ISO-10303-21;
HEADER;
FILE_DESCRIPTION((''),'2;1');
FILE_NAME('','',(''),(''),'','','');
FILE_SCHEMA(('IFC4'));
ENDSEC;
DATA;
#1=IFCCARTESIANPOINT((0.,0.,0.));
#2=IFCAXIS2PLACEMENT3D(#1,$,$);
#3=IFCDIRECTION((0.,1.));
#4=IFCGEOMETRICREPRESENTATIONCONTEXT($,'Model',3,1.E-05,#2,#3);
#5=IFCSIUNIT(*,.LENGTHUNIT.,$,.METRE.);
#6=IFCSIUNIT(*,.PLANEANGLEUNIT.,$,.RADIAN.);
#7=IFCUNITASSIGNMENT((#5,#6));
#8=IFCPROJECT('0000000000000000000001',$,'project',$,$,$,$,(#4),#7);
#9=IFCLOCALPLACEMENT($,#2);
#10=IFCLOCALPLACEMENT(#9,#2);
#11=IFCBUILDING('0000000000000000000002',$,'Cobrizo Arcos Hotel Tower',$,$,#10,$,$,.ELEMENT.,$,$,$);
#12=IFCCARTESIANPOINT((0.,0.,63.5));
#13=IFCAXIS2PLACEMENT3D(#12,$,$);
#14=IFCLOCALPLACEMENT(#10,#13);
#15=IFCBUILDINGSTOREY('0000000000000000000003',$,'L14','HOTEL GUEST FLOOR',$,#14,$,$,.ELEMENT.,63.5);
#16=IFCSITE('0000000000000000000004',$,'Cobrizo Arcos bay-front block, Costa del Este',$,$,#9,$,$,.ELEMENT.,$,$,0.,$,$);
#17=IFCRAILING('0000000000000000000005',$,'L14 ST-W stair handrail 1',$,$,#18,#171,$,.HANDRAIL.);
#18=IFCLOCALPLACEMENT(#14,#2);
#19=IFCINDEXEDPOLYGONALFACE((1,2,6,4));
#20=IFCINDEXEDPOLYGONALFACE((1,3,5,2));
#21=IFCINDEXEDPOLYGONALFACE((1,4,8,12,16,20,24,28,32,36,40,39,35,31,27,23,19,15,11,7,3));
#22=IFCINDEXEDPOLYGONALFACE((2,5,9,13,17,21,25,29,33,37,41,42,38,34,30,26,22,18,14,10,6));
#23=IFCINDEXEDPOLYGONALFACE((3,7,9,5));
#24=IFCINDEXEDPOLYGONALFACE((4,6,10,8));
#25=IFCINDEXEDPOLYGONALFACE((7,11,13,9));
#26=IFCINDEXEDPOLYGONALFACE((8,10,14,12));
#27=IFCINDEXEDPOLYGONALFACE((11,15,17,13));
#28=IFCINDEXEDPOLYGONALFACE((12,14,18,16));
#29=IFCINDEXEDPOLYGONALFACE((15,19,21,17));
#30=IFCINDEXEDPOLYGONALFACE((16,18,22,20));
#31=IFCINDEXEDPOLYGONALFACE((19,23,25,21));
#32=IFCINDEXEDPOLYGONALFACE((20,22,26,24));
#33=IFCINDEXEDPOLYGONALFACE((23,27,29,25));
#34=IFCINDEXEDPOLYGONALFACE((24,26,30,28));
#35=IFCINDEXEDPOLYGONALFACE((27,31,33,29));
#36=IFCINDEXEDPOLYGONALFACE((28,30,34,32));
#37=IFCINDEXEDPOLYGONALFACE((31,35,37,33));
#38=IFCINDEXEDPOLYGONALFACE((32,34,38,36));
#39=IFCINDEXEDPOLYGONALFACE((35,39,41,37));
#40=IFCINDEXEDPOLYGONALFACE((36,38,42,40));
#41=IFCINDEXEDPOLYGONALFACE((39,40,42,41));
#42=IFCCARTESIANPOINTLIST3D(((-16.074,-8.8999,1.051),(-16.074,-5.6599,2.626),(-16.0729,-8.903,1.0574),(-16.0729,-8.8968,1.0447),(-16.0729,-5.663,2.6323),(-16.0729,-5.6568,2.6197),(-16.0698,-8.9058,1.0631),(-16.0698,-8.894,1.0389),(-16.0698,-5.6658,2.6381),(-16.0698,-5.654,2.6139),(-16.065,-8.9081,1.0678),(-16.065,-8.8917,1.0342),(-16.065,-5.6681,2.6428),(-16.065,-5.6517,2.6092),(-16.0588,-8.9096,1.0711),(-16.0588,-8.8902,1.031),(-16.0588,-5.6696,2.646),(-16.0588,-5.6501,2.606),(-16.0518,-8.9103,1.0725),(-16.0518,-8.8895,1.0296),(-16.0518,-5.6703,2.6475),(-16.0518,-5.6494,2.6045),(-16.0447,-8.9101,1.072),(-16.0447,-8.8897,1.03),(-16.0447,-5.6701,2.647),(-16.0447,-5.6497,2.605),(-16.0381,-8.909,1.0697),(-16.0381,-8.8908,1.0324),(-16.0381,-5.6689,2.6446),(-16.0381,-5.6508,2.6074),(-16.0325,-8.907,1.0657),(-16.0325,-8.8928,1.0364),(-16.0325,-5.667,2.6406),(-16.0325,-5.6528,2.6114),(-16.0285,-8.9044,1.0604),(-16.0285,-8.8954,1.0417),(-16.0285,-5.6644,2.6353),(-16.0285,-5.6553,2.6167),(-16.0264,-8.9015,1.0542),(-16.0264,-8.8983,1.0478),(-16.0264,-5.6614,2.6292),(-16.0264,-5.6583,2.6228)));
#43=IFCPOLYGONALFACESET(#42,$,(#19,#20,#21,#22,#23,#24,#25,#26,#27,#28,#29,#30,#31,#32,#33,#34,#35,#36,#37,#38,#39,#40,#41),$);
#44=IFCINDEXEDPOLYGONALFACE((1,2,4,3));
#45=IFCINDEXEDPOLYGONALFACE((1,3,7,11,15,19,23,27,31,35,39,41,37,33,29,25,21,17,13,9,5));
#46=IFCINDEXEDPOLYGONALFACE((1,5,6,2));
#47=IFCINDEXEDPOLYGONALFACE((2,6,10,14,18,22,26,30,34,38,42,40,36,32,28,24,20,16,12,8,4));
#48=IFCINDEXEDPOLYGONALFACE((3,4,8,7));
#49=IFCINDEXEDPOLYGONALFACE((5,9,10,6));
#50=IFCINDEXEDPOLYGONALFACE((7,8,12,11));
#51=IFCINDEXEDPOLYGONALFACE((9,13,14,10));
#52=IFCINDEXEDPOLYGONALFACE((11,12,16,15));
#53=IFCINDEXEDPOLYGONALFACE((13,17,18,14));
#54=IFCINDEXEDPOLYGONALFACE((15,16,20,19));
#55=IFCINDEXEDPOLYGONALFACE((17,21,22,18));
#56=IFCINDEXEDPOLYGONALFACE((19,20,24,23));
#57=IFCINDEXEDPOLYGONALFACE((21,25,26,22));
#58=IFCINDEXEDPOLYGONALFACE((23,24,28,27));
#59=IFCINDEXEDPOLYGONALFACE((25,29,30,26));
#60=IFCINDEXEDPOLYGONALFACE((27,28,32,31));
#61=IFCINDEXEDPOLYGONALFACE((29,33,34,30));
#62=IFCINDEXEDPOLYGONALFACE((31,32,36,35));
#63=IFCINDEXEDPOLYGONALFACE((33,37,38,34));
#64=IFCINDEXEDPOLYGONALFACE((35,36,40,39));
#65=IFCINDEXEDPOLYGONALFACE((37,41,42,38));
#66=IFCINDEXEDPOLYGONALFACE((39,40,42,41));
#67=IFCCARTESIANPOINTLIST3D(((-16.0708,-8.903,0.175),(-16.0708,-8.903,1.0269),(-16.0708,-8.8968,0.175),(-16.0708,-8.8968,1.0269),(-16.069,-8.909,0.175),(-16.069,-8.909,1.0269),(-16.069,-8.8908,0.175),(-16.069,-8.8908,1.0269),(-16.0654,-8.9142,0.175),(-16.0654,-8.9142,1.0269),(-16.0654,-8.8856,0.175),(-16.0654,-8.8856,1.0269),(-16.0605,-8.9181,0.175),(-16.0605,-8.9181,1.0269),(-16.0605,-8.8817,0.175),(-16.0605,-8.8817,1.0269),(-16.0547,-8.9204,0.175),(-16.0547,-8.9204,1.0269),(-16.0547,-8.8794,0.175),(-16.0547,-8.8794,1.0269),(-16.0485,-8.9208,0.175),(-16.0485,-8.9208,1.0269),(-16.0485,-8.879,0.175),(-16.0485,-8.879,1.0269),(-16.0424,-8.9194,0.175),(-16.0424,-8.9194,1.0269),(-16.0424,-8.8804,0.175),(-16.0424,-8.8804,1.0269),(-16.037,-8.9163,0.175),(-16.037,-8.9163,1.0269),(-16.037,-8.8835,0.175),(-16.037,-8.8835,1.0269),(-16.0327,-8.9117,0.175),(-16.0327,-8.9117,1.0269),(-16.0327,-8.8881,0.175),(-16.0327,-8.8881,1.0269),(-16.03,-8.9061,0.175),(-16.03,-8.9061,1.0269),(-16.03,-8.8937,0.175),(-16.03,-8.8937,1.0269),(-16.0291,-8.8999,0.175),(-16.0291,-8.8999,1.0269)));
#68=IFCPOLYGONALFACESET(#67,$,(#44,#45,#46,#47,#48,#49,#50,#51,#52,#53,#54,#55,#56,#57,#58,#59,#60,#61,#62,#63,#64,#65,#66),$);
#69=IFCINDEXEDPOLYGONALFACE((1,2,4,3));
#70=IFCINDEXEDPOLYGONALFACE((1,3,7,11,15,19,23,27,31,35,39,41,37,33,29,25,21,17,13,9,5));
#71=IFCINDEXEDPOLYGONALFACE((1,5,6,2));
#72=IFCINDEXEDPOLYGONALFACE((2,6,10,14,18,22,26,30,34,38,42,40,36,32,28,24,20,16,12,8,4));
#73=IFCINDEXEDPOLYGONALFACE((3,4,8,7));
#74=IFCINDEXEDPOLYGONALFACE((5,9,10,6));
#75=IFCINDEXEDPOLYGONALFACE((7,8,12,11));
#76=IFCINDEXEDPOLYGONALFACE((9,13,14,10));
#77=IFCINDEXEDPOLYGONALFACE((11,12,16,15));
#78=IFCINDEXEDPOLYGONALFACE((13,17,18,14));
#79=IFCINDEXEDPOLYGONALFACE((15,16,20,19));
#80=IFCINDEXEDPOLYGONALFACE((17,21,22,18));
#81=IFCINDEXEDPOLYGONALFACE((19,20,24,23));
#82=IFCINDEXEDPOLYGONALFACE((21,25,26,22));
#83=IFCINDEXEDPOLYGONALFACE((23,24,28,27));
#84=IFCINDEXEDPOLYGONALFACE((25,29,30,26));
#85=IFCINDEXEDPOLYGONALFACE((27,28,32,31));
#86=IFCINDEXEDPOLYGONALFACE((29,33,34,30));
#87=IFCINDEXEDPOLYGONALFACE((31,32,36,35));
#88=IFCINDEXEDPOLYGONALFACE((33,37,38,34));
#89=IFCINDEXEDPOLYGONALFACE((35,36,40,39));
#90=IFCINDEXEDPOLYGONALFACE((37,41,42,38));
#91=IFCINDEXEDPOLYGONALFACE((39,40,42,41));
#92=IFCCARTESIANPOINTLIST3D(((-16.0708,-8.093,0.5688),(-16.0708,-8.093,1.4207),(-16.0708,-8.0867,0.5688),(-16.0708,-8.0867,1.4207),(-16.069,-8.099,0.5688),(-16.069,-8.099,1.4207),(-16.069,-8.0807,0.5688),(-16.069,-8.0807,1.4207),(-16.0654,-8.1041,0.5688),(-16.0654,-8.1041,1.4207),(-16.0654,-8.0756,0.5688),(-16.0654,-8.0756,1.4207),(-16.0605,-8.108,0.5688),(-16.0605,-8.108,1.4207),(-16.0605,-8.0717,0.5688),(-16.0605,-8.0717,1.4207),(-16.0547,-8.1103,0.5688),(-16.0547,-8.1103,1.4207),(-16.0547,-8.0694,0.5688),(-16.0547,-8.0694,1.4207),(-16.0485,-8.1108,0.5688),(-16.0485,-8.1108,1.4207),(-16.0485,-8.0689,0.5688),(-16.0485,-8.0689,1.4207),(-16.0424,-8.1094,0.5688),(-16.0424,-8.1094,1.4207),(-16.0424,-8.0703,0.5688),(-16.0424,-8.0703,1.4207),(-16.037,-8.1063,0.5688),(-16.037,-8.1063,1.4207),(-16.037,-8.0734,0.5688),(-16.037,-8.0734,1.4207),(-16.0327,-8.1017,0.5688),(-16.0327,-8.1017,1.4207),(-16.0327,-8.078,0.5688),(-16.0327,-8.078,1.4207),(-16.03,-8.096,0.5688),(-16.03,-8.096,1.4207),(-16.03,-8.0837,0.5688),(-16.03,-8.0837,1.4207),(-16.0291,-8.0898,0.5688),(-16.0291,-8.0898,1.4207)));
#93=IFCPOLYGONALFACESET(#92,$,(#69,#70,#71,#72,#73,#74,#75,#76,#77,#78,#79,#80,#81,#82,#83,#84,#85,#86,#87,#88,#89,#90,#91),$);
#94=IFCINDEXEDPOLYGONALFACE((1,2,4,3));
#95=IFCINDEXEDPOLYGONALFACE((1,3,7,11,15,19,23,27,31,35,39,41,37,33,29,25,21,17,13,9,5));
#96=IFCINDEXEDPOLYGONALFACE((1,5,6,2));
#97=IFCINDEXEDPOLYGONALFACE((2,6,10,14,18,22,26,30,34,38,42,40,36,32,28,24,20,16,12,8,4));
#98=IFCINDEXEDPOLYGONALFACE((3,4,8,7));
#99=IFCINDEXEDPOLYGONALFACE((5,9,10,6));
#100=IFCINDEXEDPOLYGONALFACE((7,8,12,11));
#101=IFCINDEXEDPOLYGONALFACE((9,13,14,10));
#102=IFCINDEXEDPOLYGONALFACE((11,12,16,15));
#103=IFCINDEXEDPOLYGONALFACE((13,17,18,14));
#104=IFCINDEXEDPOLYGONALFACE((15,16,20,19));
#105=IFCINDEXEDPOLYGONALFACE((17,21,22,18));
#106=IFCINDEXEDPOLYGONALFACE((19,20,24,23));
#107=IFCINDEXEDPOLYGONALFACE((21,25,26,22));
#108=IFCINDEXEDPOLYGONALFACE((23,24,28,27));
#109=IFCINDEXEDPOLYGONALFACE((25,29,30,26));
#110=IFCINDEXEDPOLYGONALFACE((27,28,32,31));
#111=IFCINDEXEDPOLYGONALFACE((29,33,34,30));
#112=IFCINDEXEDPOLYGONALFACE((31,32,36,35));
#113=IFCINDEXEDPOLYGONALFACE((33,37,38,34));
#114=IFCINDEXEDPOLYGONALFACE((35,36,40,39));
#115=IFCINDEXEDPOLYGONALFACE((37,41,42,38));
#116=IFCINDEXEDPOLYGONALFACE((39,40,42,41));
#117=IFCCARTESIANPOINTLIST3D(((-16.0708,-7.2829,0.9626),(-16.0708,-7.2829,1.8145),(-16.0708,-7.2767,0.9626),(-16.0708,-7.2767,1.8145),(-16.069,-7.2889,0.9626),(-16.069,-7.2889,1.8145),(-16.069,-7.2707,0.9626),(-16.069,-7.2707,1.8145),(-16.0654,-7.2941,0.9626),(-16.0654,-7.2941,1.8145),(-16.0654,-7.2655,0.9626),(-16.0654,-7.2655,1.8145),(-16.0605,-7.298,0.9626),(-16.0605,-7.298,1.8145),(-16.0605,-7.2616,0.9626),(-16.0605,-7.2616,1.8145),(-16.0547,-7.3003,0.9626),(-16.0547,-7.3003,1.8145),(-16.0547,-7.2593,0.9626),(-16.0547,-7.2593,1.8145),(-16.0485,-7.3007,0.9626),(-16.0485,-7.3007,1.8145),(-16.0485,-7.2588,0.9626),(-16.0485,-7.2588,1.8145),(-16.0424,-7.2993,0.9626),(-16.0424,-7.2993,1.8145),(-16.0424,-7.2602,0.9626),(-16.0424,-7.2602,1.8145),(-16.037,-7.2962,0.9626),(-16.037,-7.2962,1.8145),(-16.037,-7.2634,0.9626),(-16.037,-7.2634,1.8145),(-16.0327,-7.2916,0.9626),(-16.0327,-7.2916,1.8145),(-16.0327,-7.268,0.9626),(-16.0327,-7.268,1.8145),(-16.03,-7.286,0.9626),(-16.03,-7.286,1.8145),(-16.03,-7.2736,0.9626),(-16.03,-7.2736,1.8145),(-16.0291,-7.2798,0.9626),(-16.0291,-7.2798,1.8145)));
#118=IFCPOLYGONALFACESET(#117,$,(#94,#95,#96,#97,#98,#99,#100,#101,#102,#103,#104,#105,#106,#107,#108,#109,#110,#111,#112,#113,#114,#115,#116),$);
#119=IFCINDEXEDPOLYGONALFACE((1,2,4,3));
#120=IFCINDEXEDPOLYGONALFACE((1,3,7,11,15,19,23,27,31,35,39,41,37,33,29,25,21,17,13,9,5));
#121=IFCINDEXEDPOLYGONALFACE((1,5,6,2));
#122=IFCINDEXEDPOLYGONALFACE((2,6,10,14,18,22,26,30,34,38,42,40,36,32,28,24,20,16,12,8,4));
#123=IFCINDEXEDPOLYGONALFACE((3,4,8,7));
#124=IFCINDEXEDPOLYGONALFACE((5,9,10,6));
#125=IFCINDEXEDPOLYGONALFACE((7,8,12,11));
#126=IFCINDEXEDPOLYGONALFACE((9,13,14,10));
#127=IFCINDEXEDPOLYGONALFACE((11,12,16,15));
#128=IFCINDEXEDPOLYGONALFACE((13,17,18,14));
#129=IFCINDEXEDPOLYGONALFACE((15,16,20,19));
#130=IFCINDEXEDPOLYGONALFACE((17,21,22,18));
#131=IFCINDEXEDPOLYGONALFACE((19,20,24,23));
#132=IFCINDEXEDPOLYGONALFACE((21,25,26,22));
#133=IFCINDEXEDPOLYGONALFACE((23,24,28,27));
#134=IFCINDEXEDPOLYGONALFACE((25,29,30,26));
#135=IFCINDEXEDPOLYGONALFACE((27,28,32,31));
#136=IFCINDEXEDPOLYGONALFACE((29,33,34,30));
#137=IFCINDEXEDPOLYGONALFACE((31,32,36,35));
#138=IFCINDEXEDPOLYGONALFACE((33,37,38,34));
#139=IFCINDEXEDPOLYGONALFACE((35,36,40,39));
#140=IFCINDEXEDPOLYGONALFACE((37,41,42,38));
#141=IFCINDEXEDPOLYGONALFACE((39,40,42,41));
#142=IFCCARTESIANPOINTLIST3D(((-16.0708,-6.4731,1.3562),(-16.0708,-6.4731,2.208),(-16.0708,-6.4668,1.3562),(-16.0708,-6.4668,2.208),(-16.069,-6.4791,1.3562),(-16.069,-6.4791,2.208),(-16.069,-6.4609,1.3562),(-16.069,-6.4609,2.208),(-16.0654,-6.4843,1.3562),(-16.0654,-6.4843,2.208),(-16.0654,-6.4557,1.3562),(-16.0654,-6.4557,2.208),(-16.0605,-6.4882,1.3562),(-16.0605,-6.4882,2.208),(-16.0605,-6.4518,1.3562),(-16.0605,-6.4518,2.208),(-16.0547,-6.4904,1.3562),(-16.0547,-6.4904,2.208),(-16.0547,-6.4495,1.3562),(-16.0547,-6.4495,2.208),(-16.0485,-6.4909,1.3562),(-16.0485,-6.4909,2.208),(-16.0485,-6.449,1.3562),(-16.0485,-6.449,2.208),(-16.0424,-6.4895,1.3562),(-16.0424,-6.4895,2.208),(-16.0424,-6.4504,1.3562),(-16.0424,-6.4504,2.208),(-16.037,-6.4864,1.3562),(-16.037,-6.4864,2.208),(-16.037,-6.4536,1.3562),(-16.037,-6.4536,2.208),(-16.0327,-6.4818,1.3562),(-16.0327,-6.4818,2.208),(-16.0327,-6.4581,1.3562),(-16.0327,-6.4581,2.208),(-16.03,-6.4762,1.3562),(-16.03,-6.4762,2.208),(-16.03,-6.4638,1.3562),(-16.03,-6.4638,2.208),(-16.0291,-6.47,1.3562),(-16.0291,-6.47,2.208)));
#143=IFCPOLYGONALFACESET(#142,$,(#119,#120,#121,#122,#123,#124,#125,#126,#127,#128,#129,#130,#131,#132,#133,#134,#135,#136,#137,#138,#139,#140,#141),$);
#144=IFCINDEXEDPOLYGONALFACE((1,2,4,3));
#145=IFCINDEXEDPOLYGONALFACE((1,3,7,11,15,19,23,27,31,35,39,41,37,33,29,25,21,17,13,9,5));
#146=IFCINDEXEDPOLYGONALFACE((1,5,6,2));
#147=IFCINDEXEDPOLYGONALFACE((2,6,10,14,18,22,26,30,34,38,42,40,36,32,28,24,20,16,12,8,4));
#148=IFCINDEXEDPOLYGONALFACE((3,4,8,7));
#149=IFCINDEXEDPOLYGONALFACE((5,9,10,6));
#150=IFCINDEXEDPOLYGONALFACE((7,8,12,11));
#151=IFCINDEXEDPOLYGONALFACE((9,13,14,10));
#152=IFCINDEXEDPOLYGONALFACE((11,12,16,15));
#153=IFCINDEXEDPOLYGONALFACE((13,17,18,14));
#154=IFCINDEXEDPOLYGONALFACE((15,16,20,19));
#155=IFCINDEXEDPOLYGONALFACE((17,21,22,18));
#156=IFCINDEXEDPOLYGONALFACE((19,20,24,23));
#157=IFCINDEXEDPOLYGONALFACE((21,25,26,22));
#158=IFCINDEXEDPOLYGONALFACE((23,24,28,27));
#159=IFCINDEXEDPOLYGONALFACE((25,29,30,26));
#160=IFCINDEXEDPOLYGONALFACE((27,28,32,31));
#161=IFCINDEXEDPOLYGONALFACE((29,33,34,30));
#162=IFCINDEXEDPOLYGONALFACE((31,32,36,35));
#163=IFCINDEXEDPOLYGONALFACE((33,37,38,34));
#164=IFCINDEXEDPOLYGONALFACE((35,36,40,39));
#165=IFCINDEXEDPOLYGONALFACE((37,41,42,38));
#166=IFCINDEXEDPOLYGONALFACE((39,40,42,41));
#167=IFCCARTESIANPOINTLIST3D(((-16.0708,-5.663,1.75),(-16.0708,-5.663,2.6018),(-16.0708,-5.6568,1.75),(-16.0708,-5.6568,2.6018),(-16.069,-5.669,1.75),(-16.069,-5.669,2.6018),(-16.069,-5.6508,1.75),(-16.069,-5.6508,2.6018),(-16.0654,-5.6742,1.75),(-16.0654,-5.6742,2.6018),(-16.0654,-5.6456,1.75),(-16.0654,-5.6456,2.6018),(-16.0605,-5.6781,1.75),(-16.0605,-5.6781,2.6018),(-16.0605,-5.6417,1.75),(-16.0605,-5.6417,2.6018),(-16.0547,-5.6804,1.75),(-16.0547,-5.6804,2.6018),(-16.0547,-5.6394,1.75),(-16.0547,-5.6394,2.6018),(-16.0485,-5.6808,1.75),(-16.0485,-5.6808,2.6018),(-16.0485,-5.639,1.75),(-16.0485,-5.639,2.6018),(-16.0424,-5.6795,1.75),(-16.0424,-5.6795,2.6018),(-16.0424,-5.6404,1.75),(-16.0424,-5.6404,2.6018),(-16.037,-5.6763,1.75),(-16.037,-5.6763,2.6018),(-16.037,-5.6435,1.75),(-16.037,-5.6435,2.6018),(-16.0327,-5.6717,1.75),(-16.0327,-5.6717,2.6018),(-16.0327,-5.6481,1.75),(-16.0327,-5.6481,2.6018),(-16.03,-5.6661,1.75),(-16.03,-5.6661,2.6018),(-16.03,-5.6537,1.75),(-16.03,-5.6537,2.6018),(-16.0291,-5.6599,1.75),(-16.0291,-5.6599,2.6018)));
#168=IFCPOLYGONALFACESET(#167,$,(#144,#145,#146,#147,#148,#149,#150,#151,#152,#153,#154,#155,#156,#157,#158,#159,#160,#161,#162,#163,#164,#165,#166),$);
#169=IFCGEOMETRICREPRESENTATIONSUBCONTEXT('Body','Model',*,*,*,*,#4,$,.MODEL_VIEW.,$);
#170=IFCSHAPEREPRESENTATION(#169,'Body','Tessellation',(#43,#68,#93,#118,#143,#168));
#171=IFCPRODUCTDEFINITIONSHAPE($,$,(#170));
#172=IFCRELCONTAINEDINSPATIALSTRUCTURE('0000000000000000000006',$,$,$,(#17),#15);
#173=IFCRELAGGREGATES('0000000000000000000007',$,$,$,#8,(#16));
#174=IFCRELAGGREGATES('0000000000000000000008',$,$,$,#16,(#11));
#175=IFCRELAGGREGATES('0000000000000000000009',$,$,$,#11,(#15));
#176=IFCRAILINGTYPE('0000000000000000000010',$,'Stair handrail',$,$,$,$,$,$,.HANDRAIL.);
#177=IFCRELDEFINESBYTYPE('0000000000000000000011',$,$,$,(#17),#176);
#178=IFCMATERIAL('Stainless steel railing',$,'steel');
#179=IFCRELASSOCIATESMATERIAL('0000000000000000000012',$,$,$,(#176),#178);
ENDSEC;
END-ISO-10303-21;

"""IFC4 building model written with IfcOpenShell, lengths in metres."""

from ifc_helpers import new_model, si_unit, direction, frame, origin, origin_2d, place, context, subcontext, project, spatial, circle, extrude, material, type_object, element, save


model = new_model("IFC4")

# Units and contexts
model_context = context("Model", 3, precision=1e-05, world=origin(), true_north=direction((0.0, 1.0)))
body_context = subcontext(model_context, "Body", "Model", "MODEL_VIEW")
ifc_project = project(units=[si_unit("LENGTHUNIT", "METRE"), si_unit("PLANEANGLEUNIT", "RADIAN")], contexts=[model_context])

# Site, building, storey
site_placement = place(None, origin())
site = spatial("IfcSite", under=ifc_project, at=site_placement, Name="Cobrizo Arcos bay-front block, Costa del Este", CompositionType="ELEMENT", RefElevation=0.0)
building_placement = place(site_placement, origin())
building = spatial("IfcBuilding", under=site, at=building_placement, Name="Cobrizo Arcos Hotel Tower", CompositionType="ELEMENT")
storey_placement = place(building_placement, frame((0.0, 0.0, 63.5)))
storey = spatial("IfcBuildingStorey", under=building, at=storey_placement, Name="L14", Description="HOTEL GUEST FLOOR", CompositionType="ELEMENT", Elevation=63.5)

# Railing
ifc_material_1 = material(Name="Stainless steel railing", Category="steel")
railing_type_1 = type_object("IfcRailingType", Name="Stair handrail", PredefinedType="HANDRAIL", material=ifc_material_1)
railing_1_placement = place(storey_placement, frame((-16.05, -8.8999, 0.175)))
element("IfcRailing", 1, at=railing_1_placement, inside=storey, type_object=railing_type_1, Name="L14 ST-W stair handrail 1", PredefinedType="HANDRAIL", context=body_context, shape_type="SweptSolid", body=[
    extrude(circle(Radius=0.0239, at=origin_2d()), frame((0.0, 0.0, 0.876), z_axis=(0.0, 0.899373, 0.437183), x_axis=(-1.0, 0.0, 0.0)), (0.0, 0.0, 1.0), 3.6025),
    extrude(circle(Radius=0.021, at=origin_2d()), origin(), (0.0, 0.0, 1.0), 0.8518),
    extrude(circle(Radius=0.021, at=origin_2d()), frame((0.0, 0.8101, 0.3938)), (0.0, 0.0, 1.0), 0.8518),
    extrude(circle(Radius=0.021, at=origin_2d()), frame((0.0, 1.6201, 0.7876)), (0.0, 0.0, 1.0), 0.8518),
    extrude(circle(Radius=0.021, at=origin_2d()), frame((0.0, 2.4299, 1.1812)), (0.0, 0.0, 1.0), 0.8518),
    extrude(circle(Radius=0.021, at=origin_2d()), frame((0.0, 3.24, 1.575)), (0.0, 0.0, 1.0), 0.8518),
])

save(model, "model.ifc")
